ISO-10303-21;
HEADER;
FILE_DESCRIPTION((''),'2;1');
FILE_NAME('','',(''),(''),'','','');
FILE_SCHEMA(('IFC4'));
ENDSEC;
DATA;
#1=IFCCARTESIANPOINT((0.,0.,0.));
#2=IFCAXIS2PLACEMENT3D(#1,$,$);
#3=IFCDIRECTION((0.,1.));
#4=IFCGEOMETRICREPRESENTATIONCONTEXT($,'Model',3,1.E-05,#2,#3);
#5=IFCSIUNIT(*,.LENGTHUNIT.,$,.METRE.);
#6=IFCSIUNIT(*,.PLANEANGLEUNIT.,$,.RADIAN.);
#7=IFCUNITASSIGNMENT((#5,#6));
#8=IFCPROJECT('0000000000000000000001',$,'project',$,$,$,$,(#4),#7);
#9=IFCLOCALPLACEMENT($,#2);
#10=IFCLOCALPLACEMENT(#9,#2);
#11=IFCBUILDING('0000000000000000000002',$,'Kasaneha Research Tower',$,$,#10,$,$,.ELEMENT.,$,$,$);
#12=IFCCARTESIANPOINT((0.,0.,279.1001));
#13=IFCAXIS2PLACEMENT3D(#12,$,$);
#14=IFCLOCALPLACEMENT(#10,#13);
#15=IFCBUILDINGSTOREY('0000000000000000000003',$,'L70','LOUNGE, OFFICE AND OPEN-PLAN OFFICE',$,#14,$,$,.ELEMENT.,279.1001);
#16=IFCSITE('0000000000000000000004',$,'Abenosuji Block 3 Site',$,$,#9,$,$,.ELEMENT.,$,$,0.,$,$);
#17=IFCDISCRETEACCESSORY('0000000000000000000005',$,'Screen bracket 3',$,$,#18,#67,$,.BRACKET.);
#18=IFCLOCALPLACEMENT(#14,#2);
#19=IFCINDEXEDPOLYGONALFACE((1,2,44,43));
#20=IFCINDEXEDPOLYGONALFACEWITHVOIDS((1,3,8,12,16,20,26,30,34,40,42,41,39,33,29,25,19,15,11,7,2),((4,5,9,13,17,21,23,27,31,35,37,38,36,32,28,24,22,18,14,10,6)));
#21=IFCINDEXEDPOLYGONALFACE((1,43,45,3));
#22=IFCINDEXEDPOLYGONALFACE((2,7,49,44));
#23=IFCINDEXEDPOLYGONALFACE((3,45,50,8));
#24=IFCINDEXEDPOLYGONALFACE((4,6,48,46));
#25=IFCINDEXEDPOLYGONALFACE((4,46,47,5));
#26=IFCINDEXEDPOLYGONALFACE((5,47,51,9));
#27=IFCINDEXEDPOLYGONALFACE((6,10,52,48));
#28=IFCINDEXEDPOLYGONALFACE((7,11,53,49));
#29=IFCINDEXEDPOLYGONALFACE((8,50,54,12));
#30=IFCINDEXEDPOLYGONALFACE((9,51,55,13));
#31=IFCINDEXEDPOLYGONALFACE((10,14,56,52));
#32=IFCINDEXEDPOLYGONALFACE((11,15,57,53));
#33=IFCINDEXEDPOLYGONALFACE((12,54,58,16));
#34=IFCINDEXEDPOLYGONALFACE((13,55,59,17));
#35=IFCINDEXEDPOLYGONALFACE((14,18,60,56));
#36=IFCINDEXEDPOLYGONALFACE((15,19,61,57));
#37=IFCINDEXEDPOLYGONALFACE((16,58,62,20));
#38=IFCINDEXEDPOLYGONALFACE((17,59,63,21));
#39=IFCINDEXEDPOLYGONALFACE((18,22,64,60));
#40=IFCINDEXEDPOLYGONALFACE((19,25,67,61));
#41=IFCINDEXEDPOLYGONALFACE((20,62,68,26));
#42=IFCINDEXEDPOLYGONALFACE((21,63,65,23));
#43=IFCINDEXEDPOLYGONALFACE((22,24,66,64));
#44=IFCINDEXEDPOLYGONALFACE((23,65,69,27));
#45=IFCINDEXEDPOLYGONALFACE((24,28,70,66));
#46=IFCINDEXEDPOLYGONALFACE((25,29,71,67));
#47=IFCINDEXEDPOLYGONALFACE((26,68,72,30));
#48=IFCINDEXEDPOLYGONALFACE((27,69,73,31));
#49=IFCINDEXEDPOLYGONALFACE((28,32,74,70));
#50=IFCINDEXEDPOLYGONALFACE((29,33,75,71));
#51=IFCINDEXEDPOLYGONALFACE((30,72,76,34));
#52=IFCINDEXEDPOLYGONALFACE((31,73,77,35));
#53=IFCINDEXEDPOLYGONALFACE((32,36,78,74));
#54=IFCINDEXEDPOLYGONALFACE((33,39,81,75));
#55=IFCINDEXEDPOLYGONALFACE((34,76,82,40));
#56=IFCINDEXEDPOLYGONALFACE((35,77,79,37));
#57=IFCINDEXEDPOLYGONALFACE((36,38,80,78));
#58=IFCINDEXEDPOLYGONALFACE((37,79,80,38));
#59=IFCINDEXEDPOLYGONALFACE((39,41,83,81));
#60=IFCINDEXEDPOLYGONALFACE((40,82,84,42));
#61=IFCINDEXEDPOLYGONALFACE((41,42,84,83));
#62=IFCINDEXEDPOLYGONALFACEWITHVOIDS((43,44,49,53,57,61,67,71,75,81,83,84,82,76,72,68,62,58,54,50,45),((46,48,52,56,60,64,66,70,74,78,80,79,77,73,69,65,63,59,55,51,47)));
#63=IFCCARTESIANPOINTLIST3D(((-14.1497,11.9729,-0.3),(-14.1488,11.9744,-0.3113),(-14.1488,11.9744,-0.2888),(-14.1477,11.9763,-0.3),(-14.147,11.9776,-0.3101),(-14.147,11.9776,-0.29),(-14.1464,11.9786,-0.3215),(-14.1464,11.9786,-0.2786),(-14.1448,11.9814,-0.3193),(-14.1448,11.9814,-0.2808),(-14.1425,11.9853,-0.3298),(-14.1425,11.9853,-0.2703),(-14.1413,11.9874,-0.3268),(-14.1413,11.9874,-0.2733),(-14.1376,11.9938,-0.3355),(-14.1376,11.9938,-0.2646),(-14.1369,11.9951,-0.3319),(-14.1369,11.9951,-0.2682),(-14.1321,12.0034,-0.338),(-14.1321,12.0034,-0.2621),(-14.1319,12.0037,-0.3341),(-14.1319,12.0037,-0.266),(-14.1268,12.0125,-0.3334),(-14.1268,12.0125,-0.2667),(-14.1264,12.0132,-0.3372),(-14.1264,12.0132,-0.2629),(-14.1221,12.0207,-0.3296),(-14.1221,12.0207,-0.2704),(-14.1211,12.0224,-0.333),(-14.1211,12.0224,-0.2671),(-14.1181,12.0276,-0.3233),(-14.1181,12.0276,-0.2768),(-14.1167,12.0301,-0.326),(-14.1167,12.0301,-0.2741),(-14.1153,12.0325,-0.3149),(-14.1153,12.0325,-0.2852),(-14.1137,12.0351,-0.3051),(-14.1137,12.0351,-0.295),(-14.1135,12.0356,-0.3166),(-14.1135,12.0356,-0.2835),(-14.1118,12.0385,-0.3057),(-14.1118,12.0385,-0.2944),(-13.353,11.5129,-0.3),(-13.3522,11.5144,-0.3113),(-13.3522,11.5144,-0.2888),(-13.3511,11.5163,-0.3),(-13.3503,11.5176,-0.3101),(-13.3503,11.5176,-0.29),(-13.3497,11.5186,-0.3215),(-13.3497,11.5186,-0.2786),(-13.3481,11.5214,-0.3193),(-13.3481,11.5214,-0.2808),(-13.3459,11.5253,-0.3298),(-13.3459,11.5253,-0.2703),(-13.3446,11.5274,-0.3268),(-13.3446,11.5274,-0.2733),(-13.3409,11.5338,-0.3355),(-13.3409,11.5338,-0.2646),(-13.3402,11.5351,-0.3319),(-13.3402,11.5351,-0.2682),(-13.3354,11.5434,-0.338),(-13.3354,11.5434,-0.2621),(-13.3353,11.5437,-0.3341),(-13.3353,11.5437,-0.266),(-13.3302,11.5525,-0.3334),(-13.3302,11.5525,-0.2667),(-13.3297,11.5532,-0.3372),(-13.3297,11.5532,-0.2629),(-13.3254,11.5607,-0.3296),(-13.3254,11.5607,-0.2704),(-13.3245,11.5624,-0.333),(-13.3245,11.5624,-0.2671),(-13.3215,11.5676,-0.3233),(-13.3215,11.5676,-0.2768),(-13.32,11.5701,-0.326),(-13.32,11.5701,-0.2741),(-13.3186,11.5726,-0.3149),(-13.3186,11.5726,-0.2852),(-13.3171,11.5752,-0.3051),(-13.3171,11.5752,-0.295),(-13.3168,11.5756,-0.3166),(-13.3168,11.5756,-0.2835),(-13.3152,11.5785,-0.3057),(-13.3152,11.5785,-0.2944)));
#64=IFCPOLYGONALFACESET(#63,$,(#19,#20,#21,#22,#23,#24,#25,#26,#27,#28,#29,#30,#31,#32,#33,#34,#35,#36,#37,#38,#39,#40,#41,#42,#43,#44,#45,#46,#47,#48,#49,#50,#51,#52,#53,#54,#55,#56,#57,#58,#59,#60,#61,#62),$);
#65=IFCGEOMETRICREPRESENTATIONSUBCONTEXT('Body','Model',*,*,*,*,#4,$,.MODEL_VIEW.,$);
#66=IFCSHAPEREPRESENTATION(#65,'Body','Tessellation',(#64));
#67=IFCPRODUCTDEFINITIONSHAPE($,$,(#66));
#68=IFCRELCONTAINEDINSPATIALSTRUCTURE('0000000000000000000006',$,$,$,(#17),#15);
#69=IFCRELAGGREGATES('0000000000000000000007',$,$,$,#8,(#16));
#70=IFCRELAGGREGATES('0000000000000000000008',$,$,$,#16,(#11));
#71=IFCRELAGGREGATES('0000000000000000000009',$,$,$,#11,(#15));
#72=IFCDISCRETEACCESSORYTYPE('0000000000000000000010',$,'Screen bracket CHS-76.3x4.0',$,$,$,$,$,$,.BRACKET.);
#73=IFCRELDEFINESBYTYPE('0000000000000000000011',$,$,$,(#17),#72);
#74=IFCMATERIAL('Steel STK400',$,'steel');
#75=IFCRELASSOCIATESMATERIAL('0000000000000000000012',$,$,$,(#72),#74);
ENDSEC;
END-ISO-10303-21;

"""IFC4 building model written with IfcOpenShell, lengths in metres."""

from ifc_helpers import new_model, si_unit, direction, frame, origin, origin_2d, place, context, subcontext, project, spatial, hollow_circle, extrude, material, material_profile, profile_set, type_object, element, save


model = new_model("IFC4")

# Units and contexts
model_context = context("Model", 3, precision=1e-05, world=origin(), true_north=direction((0.0, 1.0)))
body_context = subcontext(model_context, "Body", "Model", "MODEL_VIEW")
ifc_project = project(units=[si_unit("LENGTHUNIT", "METRE"), si_unit("PLANEANGLEUNIT", "RADIAN")], contexts=[model_context])

# Site, building, storey
site_placement = place(None, origin())
site = spatial("IfcSite", under=ifc_project, at=site_placement, Name="Abenosuji Block 3 Site", CompositionType="ELEMENT", RefElevation=0.0)
building_placement = place(site_placement, origin())
building = spatial("IfcBuilding", under=site, at=building_placement, Name="Kasaneha Research Tower", CompositionType="ELEMENT")
storey_placement = place(building_placement, frame((0.0, 0.0, 279.1001)))
storey = spatial("IfcBuildingStorey", under=building, at=storey_placement, Name="L70", Description="LOUNGE, OFFICE AND OPEN-PLAN OFFICE", CompositionType="ELEMENT", Elevation=279.1001)

# Discrete accessory
ifc_material_1 = material(Name="Steel STK400", Category="steel")
ifc_material_profile_1 = material_profile(ifc_material_1, hollow_circle(Radius=0.0381, WallThickness=0.0039, at=origin_2d()), Name="CHS-76.3x4.0")
ifc_profile_set_1 = profile_set([ifc_material_profile_1], Name="Steel STK400")
discrete_accessory_type = type_object("IfcDiscreteAccessoryType", Name="Screen bracket CHS-76.3x4.0", PredefinedType="BRACKET", material=ifc_profile_set_1)
for number, where, z_axis, x_axis, name in (
    (1, (-13.334, 11.5459, -0.3), (-0.866013, 0.500021, 0.0), (-0.500021, -0.866013, 0.0), "Screen bracket 3"),
):
    element("IfcDiscreteAccessory", number, at=place(storey_placement, frame(where, z_axis=z_axis, x_axis=x_axis)), inside=storey, type_object=discrete_accessory_type, Name=name, PredefinedType="BRACKET", context=body_context, shape_type="SweptSolid", body=[
        extrude(hollow_circle(Radius=0.0381, WallThickness=0.0039, at=origin_2d()), origin(), (0.0, 0.0, 1.0), 0.9199),
    ])

save(model, "model.ifc")
